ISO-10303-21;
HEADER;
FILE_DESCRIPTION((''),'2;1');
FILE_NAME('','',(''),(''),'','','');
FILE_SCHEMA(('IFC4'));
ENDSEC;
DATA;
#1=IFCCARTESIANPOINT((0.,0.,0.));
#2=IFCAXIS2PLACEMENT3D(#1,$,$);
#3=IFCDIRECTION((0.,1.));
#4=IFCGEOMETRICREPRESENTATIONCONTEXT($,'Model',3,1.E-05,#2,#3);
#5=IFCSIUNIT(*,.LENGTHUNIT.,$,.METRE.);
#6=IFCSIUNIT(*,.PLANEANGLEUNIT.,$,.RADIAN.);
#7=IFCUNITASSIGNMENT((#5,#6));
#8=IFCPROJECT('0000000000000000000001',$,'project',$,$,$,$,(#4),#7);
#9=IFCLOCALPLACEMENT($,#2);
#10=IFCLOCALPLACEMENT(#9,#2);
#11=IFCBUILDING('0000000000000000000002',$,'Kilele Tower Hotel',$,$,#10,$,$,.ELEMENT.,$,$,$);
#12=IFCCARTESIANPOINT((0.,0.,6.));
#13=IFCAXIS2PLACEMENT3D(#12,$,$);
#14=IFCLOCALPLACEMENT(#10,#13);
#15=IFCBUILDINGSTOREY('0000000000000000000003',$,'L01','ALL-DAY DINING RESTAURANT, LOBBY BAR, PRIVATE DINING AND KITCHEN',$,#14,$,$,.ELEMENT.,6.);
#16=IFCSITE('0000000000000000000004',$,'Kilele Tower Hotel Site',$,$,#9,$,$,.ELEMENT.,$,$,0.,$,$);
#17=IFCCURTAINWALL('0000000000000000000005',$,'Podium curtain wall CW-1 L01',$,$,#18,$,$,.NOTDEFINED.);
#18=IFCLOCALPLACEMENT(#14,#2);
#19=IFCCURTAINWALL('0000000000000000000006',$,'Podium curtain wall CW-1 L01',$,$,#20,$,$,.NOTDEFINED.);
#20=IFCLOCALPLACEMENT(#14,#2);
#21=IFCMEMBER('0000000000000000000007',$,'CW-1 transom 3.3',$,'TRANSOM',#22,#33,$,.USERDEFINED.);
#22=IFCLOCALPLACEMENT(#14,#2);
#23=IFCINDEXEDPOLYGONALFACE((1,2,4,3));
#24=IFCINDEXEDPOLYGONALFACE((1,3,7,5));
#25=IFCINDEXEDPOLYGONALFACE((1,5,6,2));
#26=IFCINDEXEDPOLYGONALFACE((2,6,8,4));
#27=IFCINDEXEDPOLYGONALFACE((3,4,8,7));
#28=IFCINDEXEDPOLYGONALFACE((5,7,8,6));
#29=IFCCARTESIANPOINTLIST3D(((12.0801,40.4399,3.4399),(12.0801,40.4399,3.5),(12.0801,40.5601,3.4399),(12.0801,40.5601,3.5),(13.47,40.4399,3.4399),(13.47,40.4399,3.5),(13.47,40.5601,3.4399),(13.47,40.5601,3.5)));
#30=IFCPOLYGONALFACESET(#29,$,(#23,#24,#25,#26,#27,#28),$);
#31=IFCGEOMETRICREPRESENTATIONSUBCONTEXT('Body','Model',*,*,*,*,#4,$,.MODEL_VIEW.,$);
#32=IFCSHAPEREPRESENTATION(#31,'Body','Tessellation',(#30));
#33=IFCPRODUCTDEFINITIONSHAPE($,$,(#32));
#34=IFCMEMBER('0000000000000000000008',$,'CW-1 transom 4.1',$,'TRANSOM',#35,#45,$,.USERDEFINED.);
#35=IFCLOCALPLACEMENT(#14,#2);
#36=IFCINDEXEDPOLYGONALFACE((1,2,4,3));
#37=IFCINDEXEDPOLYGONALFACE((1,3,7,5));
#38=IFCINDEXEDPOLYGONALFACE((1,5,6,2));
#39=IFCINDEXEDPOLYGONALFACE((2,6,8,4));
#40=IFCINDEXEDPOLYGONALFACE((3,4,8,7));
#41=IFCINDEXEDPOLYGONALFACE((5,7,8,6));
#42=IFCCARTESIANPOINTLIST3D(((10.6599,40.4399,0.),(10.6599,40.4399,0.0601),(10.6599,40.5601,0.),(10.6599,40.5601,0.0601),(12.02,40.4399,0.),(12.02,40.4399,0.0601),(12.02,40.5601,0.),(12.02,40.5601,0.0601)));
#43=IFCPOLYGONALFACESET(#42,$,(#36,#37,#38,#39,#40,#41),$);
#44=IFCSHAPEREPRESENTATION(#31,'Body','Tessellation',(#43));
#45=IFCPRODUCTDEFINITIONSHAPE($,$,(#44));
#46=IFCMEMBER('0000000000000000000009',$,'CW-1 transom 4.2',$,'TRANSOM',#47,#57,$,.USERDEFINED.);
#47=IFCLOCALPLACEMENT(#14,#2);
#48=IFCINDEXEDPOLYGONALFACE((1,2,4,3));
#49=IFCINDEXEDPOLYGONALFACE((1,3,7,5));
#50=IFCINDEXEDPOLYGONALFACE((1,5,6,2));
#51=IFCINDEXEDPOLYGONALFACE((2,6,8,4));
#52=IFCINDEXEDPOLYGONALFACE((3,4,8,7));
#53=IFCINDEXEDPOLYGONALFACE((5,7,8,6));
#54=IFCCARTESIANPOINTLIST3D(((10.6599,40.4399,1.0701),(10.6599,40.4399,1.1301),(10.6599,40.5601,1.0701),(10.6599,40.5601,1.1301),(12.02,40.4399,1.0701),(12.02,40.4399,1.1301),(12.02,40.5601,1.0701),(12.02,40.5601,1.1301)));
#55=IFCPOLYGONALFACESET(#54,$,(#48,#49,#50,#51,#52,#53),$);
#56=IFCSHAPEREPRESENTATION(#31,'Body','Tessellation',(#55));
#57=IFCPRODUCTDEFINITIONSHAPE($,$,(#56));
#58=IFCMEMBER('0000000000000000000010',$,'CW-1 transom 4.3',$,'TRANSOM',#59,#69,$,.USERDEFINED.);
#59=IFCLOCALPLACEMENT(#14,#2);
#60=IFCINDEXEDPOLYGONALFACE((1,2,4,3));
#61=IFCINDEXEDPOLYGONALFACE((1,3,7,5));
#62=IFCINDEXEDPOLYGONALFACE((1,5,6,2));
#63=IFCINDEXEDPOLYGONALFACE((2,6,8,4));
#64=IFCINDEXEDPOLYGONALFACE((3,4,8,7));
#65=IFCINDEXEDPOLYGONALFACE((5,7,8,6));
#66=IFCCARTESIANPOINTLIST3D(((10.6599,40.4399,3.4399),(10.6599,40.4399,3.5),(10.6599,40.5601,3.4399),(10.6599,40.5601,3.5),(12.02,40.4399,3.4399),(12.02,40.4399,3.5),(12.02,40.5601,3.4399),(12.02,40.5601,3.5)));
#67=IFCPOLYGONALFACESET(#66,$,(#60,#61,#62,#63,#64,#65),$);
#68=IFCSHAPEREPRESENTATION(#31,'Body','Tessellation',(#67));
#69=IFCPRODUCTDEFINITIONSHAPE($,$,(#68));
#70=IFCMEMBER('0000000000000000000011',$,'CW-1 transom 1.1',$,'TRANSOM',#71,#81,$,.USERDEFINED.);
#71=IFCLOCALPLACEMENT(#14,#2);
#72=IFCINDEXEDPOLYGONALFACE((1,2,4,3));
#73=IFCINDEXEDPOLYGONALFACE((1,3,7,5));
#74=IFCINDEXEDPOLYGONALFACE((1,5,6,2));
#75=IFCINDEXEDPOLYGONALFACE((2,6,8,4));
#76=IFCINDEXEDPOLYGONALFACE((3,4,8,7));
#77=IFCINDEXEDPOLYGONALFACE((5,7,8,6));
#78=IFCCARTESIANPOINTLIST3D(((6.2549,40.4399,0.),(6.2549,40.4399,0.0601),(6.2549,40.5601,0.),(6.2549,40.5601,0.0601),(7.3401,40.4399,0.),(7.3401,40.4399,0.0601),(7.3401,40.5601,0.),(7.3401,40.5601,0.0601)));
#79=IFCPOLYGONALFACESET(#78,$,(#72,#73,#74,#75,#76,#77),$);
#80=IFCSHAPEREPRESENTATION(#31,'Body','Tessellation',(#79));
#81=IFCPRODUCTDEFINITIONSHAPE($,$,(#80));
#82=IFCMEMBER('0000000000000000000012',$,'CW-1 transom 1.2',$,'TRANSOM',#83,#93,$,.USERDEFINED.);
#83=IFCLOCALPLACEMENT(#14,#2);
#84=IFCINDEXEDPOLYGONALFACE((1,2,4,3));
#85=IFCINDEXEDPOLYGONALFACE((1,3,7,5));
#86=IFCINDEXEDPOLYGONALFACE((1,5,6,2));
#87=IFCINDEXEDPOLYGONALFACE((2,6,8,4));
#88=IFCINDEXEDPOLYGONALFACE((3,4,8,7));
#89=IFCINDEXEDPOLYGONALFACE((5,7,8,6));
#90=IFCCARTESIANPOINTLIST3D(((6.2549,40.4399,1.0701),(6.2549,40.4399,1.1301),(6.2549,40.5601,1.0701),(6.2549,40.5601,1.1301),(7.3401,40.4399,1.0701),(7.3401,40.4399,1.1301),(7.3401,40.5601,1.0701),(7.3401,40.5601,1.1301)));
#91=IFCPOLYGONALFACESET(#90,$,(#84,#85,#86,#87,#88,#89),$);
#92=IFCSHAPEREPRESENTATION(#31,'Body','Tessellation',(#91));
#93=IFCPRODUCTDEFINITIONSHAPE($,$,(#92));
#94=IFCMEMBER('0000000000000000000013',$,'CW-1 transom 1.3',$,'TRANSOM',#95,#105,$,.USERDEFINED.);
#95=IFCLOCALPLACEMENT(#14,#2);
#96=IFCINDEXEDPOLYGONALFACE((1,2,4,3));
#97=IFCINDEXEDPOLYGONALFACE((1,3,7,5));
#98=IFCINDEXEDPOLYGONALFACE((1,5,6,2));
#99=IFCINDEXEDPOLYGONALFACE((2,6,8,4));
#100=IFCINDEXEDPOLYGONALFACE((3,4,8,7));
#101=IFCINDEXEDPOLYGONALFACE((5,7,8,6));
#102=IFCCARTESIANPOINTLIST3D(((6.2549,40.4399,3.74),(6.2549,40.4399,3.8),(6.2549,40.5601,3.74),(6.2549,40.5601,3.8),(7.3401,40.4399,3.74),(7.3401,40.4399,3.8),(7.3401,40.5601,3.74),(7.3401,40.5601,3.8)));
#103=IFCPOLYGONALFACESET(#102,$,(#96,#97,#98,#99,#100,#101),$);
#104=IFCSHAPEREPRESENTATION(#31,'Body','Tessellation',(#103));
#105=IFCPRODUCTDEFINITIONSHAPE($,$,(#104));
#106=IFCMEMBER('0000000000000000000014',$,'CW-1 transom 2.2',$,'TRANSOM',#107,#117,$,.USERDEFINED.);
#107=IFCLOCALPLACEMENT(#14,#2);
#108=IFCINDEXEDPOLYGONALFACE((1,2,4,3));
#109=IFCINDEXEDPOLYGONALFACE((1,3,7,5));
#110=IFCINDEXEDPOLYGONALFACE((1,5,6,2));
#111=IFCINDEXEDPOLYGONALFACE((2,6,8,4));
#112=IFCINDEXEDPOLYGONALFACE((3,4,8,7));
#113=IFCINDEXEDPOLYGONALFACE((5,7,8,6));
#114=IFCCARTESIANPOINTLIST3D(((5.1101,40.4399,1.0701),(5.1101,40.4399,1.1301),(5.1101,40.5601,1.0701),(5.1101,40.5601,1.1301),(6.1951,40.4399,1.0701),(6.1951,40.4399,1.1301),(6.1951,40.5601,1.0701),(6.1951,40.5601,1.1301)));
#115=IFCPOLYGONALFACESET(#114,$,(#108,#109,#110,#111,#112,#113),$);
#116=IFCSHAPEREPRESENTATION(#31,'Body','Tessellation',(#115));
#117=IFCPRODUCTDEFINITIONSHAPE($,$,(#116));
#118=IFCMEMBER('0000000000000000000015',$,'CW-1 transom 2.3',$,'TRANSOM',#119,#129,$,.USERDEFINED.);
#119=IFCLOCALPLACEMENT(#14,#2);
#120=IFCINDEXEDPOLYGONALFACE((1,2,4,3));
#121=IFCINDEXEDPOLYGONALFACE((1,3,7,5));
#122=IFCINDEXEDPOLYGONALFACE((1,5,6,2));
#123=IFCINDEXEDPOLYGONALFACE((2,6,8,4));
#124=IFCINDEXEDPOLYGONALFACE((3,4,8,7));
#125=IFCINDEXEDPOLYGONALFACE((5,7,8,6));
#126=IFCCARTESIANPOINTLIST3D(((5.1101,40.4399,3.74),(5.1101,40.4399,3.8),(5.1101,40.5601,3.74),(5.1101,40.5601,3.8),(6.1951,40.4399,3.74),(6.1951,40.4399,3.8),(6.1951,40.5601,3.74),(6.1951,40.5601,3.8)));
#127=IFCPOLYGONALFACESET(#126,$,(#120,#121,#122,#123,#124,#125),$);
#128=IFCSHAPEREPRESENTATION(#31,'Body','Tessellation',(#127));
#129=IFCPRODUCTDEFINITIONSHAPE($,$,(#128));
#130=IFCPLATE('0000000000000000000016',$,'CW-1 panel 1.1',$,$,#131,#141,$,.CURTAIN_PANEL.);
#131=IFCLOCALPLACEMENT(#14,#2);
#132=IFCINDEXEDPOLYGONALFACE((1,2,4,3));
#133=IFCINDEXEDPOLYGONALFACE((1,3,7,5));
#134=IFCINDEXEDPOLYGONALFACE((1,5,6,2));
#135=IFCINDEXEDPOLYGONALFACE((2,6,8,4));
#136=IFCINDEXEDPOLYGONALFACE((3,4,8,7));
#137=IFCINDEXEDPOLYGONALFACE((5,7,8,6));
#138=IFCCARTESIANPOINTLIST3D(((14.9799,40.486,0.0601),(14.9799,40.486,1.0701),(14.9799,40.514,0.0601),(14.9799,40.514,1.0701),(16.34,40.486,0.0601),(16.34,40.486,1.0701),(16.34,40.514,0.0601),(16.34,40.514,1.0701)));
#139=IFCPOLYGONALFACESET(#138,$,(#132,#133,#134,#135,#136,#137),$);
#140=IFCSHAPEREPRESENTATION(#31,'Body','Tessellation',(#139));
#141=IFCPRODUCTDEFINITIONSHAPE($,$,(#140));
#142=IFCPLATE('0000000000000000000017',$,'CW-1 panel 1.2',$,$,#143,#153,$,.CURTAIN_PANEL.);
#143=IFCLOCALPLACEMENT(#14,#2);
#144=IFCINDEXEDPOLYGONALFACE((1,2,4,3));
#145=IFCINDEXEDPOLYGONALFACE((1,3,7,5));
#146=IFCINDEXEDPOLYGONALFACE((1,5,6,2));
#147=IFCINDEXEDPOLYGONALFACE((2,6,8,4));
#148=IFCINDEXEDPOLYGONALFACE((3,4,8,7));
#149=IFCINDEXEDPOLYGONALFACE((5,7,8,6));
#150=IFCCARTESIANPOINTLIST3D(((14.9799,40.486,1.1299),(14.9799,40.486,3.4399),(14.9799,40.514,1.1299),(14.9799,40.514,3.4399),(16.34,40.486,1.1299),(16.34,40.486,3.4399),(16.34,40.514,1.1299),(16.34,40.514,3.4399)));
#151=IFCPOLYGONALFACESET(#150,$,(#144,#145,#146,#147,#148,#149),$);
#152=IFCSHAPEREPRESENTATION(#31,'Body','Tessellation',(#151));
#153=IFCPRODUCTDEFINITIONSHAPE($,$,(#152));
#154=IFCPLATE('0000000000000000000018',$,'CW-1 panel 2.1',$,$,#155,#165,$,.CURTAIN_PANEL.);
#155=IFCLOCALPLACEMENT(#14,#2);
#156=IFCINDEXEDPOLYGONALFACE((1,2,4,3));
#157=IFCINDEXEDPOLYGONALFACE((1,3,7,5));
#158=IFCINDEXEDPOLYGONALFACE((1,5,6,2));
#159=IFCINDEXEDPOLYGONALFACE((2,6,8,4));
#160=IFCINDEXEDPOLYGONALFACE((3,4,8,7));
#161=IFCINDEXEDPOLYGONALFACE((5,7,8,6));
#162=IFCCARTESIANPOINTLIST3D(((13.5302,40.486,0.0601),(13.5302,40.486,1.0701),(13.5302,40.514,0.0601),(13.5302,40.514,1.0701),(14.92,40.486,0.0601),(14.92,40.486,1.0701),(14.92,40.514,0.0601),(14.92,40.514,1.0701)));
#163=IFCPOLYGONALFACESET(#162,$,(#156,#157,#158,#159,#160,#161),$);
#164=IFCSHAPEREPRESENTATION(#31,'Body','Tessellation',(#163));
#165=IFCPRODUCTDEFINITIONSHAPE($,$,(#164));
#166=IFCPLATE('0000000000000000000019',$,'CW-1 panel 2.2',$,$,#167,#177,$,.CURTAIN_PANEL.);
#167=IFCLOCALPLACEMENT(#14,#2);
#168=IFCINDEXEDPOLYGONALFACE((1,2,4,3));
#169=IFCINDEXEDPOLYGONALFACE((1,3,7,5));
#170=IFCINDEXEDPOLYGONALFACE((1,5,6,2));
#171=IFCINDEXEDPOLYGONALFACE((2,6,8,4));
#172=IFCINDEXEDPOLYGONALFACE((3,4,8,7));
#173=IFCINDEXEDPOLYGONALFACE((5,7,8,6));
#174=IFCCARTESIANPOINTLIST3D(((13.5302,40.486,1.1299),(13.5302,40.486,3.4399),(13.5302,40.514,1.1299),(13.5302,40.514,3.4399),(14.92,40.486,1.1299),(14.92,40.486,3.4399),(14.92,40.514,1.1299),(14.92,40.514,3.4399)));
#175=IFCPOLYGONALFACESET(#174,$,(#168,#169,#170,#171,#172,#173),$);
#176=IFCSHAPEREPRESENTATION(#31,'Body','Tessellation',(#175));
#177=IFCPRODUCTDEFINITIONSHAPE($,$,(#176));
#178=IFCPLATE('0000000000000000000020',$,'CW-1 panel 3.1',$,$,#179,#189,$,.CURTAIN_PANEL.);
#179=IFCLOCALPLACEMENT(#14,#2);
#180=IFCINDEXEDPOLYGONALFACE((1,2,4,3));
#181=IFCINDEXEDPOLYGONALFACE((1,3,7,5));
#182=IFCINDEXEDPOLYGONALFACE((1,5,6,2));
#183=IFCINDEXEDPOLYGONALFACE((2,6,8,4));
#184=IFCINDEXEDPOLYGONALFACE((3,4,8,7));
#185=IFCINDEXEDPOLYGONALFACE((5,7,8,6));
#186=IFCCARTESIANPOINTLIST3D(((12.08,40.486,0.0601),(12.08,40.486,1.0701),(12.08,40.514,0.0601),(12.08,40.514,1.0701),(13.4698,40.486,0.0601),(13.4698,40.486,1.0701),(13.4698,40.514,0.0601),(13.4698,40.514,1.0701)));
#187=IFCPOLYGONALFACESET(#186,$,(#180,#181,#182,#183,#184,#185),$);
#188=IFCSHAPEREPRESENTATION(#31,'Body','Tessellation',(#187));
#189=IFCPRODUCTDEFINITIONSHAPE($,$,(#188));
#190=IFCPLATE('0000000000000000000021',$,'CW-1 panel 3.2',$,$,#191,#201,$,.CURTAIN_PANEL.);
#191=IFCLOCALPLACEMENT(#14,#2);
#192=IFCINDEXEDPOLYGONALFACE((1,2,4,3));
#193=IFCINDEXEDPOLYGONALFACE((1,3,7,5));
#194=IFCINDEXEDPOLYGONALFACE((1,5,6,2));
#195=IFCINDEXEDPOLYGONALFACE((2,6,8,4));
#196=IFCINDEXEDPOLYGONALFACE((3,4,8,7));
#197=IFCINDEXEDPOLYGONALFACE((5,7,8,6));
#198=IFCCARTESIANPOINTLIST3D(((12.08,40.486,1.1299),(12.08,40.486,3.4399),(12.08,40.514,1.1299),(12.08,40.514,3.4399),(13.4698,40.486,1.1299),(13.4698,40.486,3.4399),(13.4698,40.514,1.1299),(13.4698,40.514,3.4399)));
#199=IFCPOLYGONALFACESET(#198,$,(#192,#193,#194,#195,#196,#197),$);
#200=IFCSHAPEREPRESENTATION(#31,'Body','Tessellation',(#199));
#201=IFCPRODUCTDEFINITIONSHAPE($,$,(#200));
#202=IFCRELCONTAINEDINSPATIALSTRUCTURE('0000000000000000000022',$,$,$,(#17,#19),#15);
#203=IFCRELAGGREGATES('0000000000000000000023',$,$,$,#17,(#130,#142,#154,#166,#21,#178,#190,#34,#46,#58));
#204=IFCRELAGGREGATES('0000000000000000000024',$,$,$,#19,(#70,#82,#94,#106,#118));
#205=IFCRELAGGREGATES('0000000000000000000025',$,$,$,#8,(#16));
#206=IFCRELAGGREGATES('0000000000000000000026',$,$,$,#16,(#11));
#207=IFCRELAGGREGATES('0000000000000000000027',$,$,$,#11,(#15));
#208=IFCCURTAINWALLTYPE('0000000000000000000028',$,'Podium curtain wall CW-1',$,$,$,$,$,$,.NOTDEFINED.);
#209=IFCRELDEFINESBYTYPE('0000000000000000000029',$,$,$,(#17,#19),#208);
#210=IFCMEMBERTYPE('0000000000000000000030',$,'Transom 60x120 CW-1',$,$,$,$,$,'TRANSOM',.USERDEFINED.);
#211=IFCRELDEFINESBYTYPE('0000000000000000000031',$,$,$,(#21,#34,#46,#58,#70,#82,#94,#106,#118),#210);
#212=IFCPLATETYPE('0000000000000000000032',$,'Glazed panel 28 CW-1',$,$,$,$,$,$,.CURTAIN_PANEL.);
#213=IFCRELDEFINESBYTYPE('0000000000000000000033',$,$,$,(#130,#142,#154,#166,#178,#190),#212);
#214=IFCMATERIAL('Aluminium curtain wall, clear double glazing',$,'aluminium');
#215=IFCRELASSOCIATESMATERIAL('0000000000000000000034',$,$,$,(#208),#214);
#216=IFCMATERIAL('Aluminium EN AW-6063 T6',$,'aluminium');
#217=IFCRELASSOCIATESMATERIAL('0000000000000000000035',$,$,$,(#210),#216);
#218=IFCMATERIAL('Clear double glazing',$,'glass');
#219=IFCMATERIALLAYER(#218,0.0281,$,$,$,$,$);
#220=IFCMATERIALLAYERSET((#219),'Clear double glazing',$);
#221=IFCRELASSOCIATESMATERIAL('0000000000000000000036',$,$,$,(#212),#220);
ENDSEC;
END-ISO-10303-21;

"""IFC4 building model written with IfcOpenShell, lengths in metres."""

from ifc_helpers import new_model, si_unit, direction, frame, origin, origin_2d, place, context, subcontext, project, spatial, rectangle, extrude, material, layer, layer_set, material_profile, profile_set, type_object, element, aggregate, save


model = new_model("IFC4")

# Units and contexts
model_context = context("Model", 3, precision=1e-05, world=origin(), true_north=direction((0.0, 1.0)))
body_context = subcontext(model_context, "Body", "Model", "MODEL_VIEW")
ifc_project = project(units=[si_unit("LENGTHUNIT", "METRE"), si_unit("PLANEANGLEUNIT", "RADIAN")], contexts=[model_context])

# Site, building, storey
site_placement = place(None, origin())
site = spatial("IfcSite", under=ifc_project, at=site_placement, Name="Kilele Tower Hotel Site", CompositionType="ELEMENT", RefElevation=0.0)
building_placement = place(site_placement, origin())
building = spatial("IfcBuilding", under=site, at=building_placement, Name="Kilele Tower Hotel", CompositionType="ELEMENT")
storey_placement = place(building_placement, frame((0.0, 0.0, 6.0)))
storey = spatial("IfcBuildingStorey", under=building, at=storey_placement, Name="L01", Description="ALL-DAY DINING RESTAURANT, LOBBY BAR, PRIVATE DINING AND KITCHEN", CompositionType="ELEMENT", Elevation=6.0)

# Curtain walls
ifc_material_1 = material(Name="Aluminium curtain wall, clear double glazing", Category="aluminium")
curtain_wall_type = type_object("IfcCurtainWallType", Name="Podium curtain wall CW-1", PredefinedType="NOTDEFINED", material=ifc_material_1)
curtain_wall_1_placement = place(storey_placement, origin())
curtain_wall_1 = element("IfcCurtainWall", 1, at=curtain_wall_1_placement, inside=storey, type_object=curtain_wall_type, Name="Podium curtain wall CW-1 L01", PredefinedType="NOTDEFINED")
curtain_wall_2_placement = place(storey_placement, origin())
curtain_wall_2 = element("IfcCurtainWall", 2, at=curtain_wall_2_placement, inside=storey, type_object=curtain_wall_type, Name="Podium curtain wall CW-1 L01", PredefinedType="NOTDEFINED")

# Members
ifc_material_2 = material(Name="Aluminium EN AW-6063 T6", Category="aluminium")
ifc_material_profile_1 = material_profile(ifc_material_2, rectangle(XDim=0.1201, YDim=0.0601, at=origin_2d()))
ifc_profile_set_1 = profile_set([ifc_material_profile_1], Name="Aluminium EN AW-6063 T6")
member_type_1 = type_object("IfcMemberType", Name="Transom 60x120 CW-1", ElementType="TRANSOM", PredefinedType="USERDEFINED", material=ifc_profile_set_1)
member_1_placement = place(storey_placement, frame((13.47, 40.5, 3.47), z_axis=(-1.0, 0.0, 0.0), x_axis=(0.0, -1.0, 0.0)))
member_1 = element("IfcMember", 3, at=member_1_placement, type_object=member_type_1, Name="CW-1 transom 3.3", ObjectType="TRANSOM", PredefinedType="USERDEFINED", context=body_context, shape_type="SweptSolid", body=[
    extrude(rectangle(XDim=0.1201, YDim=0.0601, at=origin_2d()), origin(), (0.0, 0.0, 1.0), 1.3899),
])
member_2_placement = place(storey_placement, frame((12.02, 40.5, 0.03), z_axis=(-1.0, 0.0, 0.0), x_axis=(0.0, -1.0, 0.0)))
member_2 = element("IfcMember", 4, at=member_2_placement, type_object=member_type_1, Name="CW-1 transom 4.1", ObjectType="TRANSOM", PredefinedType="USERDEFINED", context=body_context, shape_type="SweptSolid", body=[
    extrude(rectangle(XDim=0.1201, YDim=0.0601, at=origin_2d()), origin(), (0.0, 0.0, 1.0), 1.3601),
])
member_3_placement = place(storey_placement, frame((12.02, 40.5, 1.1001), z_axis=(-1.0, 0.0, 0.0), x_axis=(0.0, -1.0, 0.0)))
member_3 = element("IfcMember", 5, at=member_3_placement, type_object=member_type_1, Name="CW-1 transom 4.2", ObjectType="TRANSOM", PredefinedType="USERDEFINED", context=body_context, shape_type="SweptSolid", body=[
    extrude(rectangle(XDim=0.1201, YDim=0.0601, at=origin_2d()), origin(), (0.0, 0.0, 1.0), 1.3601),
])
member_4_placement = place(storey_placement, frame((12.02, 40.5, 3.47), z_axis=(-1.0, 0.0, 0.0), x_axis=(0.0, -1.0, 0.0)))
member_4 = element("IfcMember", 6, at=member_4_placement, type_object=member_type_1, Name="CW-1 transom 4.3", ObjectType="TRANSOM", PredefinedType="USERDEFINED", context=body_context, shape_type="SweptSolid", body=[
    extrude(rectangle(XDim=0.1201, YDim=0.0601, at=origin_2d()), origin(), (0.0, 0.0, 1.0), 1.3601),
])
member_5_placement = place(storey_placement, frame((7.3401, 40.5, 0.03), z_axis=(-1.0, 0.0, 0.0), x_axis=(0.0, -1.0, 0.0)))
member_5 = element("IfcMember", 7, at=member_5_placement, type_object=member_type_1, Name="CW-1 transom 1.1", ObjectType="TRANSOM", PredefinedType="USERDEFINED", context=body_context, shape_type="SweptSolid", body=[
    extrude(rectangle(XDim=0.1201, YDim=0.0601, at=origin_2d()), origin(), (0.0, 0.0, 1.0), 1.0852),
])
member_6_placement = place(storey_placement, frame((7.3401, 40.5, 1.1001), z_axis=(-1.0, 0.0, 0.0), x_axis=(0.0, -1.0, 0.0)))
member_6 = element("IfcMember", 8, at=member_6_placement, type_object=member_type_1, Name="CW-1 transom 1.2", ObjectType="TRANSOM", PredefinedType="USERDEFINED", context=body_context, shape_type="SweptSolid", body=[
    extrude(rectangle(XDim=0.1201, YDim=0.0601, at=origin_2d()), origin(), (0.0, 0.0, 1.0), 1.0852),
])
member_7_placement = place(storey_placement, frame((7.3401, 40.5, 3.77), z_axis=(-1.0, 0.0, 0.0), x_axis=(0.0, -1.0, 0.0)))
member_7 = element("IfcMember", 9, at=member_7_placement, type_object=member_type_1, Name="CW-1 transom 1.3", ObjectType="TRANSOM", PredefinedType="USERDEFINED", context=body_context, shape_type="SweptSolid", body=[
    extrude(rectangle(XDim=0.1201, YDim=0.0601, at=origin_2d()), origin(), (0.0, 0.0, 1.0), 1.0852),
])
member_8_placement = place(storey_placement, frame((6.1951, 40.5, 1.1001), z_axis=(-1.0, 0.0, 0.0), x_axis=(0.0, -1.0, 0.0)))
member_8 = element("IfcMember", 10, at=member_8_placement, type_object=member_type_1, Name="CW-1 transom 2.2", ObjectType="TRANSOM", PredefinedType="USERDEFINED", context=body_context, shape_type="SweptSolid", body=[
    extrude(rectangle(XDim=0.1201, YDim=0.0601, at=origin_2d()), origin(), (0.0, 0.0, 1.0), 1.085),
])
member_9_placement = place(storey_placement, frame((6.1951, 40.5, 3.77), z_axis=(-1.0, 0.0, 0.0), x_axis=(0.0, -1.0, 0.0)))
member_9 = element("IfcMember", 11, at=member_9_placement, type_object=member_type_1, Name="CW-1 transom 2.3", ObjectType="TRANSOM", PredefinedType="USERDEFINED", context=body_context, shape_type="SweptSolid", body=[
    extrude(rectangle(XDim=0.1201, YDim=0.0601, at=origin_2d()), origin(), (0.0, 0.0, 1.0), 1.085),
])

# Plates
ifc_material_3 = material(Name="Clear double glazing", Category="glass")
ifc_layer = layer(ifc_material_3, 0.0281)
ifc_layer_set = layer_set([ifc_layer], Name="Clear double glazing")
plate_type = type_object("IfcPlateType", Name="Glazed panel 28 CW-1", PredefinedType="CURTAIN_PANEL", material=ifc_layer_set)
plate_1_placement = place(storey_placement, frame((15.6599, 40.5, 0.0601), z_axis=(0.0, 0.0, 1.0), x_axis=(-1.0, 0.0, 0.0)))
plate_1 = element("IfcPlate", 12, at=plate_1_placement, type_object=plate_type, Name="CW-1 panel 1.1", PredefinedType="CURTAIN_PANEL", context=body_context, shape_type="SweptSolid", body=[
    extrude(rectangle(XDim=1.3601, YDim=0.0281, at=origin_2d()), origin(), (0.0, 0.0, 1.0), 1.01),
])
plate_2_placement = place(storey_placement, frame((15.6599, 40.5, 1.1299), z_axis=(0.0, 0.0, 1.0), x_axis=(-1.0, 0.0, 0.0)))
plate_2 = element("IfcPlate", 13, at=plate_2_placement, type_object=plate_type, Name="CW-1 panel 1.2", PredefinedType="CURTAIN_PANEL", context=body_context, shape_type="SweptSolid", body=[
    extrude(rectangle(XDim=1.3601, YDim=0.0281, at=origin_2d()), origin(), (0.0, 0.0, 1.0), 2.3101),
])
plate_3_placement = place(storey_placement, frame((14.2251, 40.5, 0.0601), z_axis=(0.0, 0.0, 1.0), x_axis=(-1.0, 0.0, 0.0)))
plate_3 = element("IfcPlate", 14, at=plate_3_placement, type_object=plate_type, Name="CW-1 panel 2.1", PredefinedType="CURTAIN_PANEL", context=body_context, shape_type="SweptSolid", body=[
    extrude(rectangle(XDim=1.3899, YDim=0.0281, at=origin_2d()), origin(), (0.0, 0.0, 1.0), 1.01),
])
plate_4_placement = place(storey_placement, frame((14.2251, 40.5, 1.1299), z_axis=(0.0, 0.0, 1.0), x_axis=(-1.0, 0.0, 0.0)))
plate_4 = element("IfcPlate", 15, at=plate_4_placement, type_object=plate_type, Name="CW-1 panel 2.2", PredefinedType="CURTAIN_PANEL", context=body_context, shape_type="SweptSolid", body=[
    extrude(rectangle(XDim=1.3899, YDim=0.0281, at=origin_2d()), origin(), (0.0, 0.0, 1.0), 2.3101),
])
plate_5_placement = place(storey_placement, frame((12.7749, 40.5, 0.0601), z_axis=(0.0, 0.0, 1.0), x_axis=(-1.0, 0.0, 0.0)))
plate_5 = element("IfcPlate", 16, at=plate_5_placement, type_object=plate_type, Name="CW-1 panel 3.1", PredefinedType="CURTAIN_PANEL", context=body_context, shape_type="SweptSolid", body=[
    extrude(rectangle(XDim=1.3899, YDim=0.0281, at=origin_2d()), origin(), (0.0, 0.0, 1.0), 1.01),
])
plate_6_placement = place(storey_placement, frame((12.7749, 40.5, 1.1299), z_axis=(0.0, 0.0, 1.0), x_axis=(-1.0, 0.0, 0.0)))
plate_6 = element("IfcPlate", 17, at=plate_6_placement, type_object=plate_type, Name="CW-1 panel 3.2", PredefinedType="CURTAIN_PANEL", context=body_context, shape_type="SweptSolid", body=[
    extrude(rectangle(XDim=1.3899, YDim=0.0281, at=origin_2d()), origin(), (0.0, 0.0, 1.0), 2.3101),
])
aggregate(curtain_wall_1, [plate_1, plate_2, plate_3, plate_4, member_1, plate_5, plate_6, member_2, member_3, member_4])
aggregate(curtain_wall_2, [member_5, member_6, member_7, member_8, member_9])

save(model, "model.ifc")
